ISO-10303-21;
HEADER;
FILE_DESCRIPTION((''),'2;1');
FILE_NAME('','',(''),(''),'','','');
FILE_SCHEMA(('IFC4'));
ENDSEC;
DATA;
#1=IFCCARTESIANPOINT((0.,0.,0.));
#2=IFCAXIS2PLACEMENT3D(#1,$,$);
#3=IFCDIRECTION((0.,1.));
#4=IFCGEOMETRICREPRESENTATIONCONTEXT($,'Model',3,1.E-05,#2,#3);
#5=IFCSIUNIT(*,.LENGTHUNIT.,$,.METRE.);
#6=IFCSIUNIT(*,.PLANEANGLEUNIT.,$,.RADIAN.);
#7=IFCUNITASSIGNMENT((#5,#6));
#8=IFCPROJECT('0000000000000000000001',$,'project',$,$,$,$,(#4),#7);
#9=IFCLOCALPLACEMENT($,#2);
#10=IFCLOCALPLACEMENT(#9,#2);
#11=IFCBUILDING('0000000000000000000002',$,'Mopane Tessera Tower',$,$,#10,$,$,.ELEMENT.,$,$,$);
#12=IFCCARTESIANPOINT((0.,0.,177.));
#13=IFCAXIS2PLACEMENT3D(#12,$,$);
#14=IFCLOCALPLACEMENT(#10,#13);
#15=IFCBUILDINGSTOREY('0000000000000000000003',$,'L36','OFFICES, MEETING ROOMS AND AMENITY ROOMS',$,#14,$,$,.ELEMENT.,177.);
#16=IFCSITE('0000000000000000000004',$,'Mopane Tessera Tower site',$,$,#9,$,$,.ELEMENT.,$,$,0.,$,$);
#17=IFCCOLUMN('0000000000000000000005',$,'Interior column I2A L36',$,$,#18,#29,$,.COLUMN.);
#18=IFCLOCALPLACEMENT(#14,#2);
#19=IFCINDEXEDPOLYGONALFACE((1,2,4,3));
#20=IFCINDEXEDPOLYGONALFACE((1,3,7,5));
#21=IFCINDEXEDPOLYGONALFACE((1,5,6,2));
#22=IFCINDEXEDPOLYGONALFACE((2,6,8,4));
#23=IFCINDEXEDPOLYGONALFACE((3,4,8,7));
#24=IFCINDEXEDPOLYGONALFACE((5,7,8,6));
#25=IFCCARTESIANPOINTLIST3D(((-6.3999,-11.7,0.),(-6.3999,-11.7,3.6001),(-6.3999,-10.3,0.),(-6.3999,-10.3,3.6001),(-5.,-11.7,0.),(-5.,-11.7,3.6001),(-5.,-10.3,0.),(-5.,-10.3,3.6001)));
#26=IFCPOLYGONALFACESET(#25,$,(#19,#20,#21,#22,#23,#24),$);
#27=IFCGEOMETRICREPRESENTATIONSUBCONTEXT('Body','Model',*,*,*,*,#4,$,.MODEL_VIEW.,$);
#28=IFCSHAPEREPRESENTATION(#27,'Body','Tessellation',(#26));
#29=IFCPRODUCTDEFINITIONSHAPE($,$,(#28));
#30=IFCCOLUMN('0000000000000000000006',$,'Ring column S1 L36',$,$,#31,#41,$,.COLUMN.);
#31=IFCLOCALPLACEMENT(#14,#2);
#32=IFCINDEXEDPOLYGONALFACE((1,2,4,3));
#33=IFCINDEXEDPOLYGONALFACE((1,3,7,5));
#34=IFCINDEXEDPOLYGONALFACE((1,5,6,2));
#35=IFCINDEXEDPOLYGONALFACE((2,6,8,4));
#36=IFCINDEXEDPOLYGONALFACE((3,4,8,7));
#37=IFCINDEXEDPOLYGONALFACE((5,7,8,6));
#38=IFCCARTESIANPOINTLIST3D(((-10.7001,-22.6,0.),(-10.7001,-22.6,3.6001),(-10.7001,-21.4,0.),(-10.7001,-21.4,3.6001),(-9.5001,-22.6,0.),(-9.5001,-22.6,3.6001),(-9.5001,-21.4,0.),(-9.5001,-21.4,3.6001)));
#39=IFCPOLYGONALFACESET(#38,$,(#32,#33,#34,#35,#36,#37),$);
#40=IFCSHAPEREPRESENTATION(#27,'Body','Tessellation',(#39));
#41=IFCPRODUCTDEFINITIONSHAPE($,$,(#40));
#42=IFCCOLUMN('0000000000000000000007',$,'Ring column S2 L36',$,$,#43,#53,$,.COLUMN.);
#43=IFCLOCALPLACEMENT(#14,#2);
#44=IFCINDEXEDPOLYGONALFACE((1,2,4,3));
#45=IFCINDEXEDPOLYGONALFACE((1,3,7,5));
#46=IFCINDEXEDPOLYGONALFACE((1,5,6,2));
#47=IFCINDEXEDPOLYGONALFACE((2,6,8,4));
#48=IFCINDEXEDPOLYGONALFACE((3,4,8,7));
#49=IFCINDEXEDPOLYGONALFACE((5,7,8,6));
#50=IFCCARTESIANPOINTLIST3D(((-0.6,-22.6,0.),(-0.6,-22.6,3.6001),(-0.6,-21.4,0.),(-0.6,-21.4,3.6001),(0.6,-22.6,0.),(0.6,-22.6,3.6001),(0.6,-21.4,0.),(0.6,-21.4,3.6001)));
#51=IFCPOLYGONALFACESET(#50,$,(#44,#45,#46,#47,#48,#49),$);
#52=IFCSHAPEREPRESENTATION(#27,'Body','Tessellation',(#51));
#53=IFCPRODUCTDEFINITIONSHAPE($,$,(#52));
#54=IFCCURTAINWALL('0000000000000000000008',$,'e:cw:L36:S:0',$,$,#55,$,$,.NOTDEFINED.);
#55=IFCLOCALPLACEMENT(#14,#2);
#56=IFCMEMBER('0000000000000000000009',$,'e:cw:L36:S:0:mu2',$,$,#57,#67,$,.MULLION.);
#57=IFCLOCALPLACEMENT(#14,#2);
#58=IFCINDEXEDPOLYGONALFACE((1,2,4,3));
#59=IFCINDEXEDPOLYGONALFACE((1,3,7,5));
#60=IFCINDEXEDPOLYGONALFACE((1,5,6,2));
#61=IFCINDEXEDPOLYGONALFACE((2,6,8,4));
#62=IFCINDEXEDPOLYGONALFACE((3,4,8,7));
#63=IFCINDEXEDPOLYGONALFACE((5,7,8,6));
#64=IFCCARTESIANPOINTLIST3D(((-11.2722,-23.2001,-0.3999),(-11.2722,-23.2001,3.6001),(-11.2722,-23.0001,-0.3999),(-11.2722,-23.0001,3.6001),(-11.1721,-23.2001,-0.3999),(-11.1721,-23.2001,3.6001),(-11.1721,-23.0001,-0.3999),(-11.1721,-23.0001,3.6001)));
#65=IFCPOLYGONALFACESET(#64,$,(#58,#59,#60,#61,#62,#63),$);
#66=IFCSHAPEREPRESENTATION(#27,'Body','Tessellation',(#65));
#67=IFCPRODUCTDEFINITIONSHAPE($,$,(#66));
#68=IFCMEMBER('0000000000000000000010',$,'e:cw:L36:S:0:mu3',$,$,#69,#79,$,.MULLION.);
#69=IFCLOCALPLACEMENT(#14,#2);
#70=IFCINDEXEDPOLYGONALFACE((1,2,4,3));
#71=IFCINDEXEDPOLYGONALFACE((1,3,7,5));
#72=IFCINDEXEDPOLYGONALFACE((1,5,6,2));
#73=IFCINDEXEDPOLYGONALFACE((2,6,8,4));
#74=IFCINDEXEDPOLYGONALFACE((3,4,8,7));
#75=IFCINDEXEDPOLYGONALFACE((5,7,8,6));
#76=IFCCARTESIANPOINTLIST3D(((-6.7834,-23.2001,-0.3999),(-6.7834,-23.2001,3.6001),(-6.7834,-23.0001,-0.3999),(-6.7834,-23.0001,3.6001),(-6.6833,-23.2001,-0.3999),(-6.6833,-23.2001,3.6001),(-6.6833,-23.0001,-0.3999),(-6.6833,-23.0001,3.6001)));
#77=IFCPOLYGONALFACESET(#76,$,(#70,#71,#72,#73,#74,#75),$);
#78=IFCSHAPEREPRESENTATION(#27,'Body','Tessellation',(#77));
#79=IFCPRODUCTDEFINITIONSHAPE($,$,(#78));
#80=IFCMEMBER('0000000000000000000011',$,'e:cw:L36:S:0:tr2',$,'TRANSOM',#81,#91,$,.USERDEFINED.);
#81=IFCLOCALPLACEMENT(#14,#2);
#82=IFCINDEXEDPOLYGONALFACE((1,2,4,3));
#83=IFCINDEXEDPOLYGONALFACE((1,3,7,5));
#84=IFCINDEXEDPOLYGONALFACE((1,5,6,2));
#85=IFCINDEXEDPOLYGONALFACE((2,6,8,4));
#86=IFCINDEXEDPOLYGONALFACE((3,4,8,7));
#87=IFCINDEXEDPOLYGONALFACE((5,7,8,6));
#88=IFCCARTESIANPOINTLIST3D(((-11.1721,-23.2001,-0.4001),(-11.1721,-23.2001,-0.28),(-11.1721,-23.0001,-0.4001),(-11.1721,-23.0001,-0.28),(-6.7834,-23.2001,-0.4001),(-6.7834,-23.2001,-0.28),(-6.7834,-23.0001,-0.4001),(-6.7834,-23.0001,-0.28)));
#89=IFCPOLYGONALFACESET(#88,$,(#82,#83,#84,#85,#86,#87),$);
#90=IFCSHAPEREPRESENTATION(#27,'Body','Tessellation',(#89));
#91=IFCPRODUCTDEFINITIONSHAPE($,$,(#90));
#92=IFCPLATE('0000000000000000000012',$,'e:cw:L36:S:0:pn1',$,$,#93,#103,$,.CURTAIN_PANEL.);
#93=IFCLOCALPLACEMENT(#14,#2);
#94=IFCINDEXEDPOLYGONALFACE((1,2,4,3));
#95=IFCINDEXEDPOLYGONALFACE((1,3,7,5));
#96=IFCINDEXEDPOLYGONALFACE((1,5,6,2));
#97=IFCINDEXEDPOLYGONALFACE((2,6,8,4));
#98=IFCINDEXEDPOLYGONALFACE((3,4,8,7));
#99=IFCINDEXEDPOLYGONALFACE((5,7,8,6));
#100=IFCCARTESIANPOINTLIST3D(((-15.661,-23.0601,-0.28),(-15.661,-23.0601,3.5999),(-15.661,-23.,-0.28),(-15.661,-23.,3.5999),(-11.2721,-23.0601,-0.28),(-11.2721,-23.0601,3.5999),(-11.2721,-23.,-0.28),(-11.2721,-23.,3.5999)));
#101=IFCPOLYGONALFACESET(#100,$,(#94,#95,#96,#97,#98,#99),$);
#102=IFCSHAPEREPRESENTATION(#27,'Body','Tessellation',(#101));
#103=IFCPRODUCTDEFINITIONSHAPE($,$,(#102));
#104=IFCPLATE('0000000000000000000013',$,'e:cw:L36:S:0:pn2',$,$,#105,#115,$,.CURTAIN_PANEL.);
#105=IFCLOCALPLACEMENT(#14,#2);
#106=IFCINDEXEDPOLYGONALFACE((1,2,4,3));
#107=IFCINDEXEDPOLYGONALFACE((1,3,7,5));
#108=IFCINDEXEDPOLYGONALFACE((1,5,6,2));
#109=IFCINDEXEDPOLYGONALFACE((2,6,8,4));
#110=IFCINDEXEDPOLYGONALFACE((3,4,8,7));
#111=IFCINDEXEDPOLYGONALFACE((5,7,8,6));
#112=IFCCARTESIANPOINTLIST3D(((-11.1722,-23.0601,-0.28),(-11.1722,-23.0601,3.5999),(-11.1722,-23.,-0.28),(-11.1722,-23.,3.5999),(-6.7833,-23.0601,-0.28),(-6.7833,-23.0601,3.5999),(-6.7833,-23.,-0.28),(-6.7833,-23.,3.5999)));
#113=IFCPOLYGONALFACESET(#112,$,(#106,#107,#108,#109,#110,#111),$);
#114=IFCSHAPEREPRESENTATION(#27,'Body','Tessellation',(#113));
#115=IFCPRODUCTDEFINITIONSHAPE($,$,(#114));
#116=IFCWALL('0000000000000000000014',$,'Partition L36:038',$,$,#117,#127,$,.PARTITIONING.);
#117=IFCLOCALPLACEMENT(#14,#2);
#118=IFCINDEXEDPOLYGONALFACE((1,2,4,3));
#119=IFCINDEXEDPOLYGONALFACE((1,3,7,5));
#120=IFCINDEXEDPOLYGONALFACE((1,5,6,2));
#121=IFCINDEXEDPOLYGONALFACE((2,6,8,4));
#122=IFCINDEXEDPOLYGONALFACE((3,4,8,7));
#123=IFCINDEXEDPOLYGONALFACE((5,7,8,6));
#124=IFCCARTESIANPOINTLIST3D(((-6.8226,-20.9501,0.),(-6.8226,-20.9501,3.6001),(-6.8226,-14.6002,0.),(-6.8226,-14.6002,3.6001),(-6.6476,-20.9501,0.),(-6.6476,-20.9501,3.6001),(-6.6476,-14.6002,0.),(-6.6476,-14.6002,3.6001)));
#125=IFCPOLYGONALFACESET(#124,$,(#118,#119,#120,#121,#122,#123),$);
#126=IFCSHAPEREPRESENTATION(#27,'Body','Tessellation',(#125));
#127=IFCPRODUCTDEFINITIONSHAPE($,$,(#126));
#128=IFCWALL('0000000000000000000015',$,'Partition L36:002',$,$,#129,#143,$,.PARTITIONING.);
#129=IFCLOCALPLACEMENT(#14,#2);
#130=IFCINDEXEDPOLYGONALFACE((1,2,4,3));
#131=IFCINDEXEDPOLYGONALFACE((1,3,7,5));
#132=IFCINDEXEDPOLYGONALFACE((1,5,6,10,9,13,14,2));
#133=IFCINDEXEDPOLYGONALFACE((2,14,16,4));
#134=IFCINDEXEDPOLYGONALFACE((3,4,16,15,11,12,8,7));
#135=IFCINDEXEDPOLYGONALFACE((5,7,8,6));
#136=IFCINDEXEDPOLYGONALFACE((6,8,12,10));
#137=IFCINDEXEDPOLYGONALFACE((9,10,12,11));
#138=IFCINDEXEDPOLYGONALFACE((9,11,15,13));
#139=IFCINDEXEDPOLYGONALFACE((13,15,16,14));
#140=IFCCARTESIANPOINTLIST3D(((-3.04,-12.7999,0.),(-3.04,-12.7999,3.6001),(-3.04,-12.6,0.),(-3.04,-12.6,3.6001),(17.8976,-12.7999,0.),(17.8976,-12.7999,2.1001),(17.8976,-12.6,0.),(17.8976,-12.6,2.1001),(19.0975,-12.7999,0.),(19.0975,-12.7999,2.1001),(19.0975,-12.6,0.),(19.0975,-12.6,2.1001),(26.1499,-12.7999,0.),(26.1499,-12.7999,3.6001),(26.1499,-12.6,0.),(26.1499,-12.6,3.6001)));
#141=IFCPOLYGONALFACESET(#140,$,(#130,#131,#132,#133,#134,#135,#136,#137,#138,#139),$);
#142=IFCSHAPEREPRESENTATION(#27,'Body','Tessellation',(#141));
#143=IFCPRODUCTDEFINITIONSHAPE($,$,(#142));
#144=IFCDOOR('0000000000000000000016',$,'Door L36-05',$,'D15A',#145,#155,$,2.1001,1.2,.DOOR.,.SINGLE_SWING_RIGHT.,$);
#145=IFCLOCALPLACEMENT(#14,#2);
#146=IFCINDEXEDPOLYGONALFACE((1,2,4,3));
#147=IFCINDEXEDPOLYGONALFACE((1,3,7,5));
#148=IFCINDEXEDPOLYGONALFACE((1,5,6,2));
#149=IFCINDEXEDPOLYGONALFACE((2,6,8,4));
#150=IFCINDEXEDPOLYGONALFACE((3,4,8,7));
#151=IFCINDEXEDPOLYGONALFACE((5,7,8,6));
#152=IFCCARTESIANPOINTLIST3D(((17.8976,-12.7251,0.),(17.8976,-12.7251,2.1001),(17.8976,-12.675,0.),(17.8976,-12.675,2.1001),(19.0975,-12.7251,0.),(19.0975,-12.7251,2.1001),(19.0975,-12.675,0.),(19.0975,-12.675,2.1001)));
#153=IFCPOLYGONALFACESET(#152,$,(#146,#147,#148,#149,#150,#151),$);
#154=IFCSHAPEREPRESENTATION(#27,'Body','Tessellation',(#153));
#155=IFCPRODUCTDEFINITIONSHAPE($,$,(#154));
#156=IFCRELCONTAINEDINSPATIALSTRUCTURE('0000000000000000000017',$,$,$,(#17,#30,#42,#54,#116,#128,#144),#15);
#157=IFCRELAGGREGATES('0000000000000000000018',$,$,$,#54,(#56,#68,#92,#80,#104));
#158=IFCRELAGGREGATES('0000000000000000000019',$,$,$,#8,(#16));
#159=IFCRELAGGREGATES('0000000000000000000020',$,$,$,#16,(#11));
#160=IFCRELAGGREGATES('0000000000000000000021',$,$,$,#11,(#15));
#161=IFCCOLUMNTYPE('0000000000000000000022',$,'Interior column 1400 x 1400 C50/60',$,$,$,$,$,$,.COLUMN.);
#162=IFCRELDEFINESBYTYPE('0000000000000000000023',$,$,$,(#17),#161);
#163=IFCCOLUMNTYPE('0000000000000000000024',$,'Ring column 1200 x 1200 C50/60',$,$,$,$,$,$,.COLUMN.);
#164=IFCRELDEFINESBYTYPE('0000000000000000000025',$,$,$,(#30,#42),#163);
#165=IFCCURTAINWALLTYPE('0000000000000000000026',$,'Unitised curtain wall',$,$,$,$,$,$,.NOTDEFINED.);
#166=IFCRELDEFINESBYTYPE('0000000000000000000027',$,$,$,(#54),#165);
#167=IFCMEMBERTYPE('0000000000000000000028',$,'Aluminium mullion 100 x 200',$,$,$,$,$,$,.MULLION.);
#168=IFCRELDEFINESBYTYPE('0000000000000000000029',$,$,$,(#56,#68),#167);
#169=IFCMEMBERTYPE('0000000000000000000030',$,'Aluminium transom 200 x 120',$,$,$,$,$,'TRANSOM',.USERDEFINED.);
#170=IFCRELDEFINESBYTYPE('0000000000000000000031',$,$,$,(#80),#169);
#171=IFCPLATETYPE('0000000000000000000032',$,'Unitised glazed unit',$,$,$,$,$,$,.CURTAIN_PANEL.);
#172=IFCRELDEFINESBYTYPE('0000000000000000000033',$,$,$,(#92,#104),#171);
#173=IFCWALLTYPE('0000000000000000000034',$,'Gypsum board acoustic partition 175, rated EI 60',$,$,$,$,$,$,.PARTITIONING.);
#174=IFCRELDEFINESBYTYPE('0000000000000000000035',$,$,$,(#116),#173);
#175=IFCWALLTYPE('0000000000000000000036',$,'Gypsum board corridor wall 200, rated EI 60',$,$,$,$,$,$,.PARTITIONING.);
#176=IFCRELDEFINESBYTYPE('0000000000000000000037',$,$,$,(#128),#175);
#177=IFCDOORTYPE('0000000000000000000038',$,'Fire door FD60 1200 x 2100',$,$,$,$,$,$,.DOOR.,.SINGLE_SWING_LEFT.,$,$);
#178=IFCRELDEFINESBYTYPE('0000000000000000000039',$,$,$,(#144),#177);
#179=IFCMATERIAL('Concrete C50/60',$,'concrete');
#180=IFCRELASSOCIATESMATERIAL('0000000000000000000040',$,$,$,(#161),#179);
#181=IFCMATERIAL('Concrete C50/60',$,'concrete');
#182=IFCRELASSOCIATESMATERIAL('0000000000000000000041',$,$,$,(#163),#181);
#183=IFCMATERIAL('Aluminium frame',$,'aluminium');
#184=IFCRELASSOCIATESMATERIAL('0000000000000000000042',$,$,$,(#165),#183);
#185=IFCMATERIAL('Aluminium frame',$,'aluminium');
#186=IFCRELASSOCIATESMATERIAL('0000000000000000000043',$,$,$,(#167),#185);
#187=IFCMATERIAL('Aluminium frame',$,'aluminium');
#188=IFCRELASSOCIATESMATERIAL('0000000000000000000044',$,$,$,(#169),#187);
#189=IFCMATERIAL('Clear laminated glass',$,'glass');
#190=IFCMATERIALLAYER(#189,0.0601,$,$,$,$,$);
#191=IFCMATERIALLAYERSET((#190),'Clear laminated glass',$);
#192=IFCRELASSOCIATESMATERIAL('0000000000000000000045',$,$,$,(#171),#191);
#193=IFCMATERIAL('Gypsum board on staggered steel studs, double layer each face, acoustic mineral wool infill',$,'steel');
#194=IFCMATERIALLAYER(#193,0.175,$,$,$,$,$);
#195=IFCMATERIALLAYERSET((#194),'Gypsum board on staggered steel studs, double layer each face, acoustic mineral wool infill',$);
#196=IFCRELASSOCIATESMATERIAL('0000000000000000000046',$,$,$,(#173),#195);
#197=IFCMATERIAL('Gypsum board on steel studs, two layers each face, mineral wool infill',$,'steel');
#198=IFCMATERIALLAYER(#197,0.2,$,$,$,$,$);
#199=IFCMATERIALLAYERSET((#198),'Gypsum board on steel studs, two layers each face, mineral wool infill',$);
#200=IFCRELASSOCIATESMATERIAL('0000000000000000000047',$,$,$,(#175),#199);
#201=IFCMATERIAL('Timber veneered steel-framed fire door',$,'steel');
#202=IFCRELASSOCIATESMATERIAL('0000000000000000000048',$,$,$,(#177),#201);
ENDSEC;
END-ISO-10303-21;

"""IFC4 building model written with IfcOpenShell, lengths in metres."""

from ifc_helpers import new_model, si_unit, direction, frame, frame_2d, origin, origin_2d, place, context, subcontext, project, spatial, rectangle, extrude, material, layer, layer_set, material_profile, profile_set, type_object, element, fill, aggregate, save


model = new_model("IFC4")

# Units and contexts
model_context = context("Model", 3, precision=1e-05, world=origin(), true_north=direction((0.0, 1.0)))
body_context = subcontext(model_context, "Body", "Model", "MODEL_VIEW")
ifc_project = project(units=[si_unit("LENGTHUNIT", "METRE"), si_unit("PLANEANGLEUNIT", "RADIAN")], contexts=[model_context])

# Site, building, storey
site_placement = place(None, origin())
site = spatial("IfcSite", under=ifc_project, at=site_placement, Name="Mopane Tessera Tower site", CompositionType="ELEMENT", RefElevation=0.0)
building_placement = place(site_placement, origin())
building = spatial("IfcBuilding", under=site, at=building_placement, Name="Mopane Tessera Tower", CompositionType="ELEMENT")
storey_placement = place(building_placement, frame((0.0, 0.0, 177.0)))
storey = spatial("IfcBuildingStorey", under=building, at=storey_placement, Name="L36", Description="OFFICES, MEETING ROOMS AND AMENITY ROOMS", CompositionType="ELEMENT", Elevation=177.0)

# Columns
ifc_material_1 = material(Name="Concrete C50/60", Category="concrete")
ifc_material_profile_1 = material_profile(ifc_material_1, rectangle(XDim=1.3999, YDim=1.3999, at=origin_2d()))
ifc_profile_set_1 = profile_set([ifc_material_profile_1], Name="Concrete C50/60")
column_type_1 = type_object("IfcColumnType", Name="Interior column 1400 x 1400 C50/60", PredefinedType="COLUMN", material=ifc_profile_set_1)
column_placement = place(storey_placement, frame((-5.7, -11.0, 0.0), z_axis=(0.0, 0.0, 1.0), x_axis=(1.0, 0.0, 0.0)))
element("IfcColumn", 1, at=column_placement, inside=storey, type_object=column_type_1, Name="Interior column I2A L36", PredefinedType="COLUMN", context=body_context, shape_type="SweptSolid", body=[
    extrude(rectangle(XDim=1.3999, YDim=1.3999, at=origin_2d()), origin(), (0.0, 0.0, 1.0), 3.6001),
])
ifc_material_2 = material(Name="Concrete C50/60", Category="concrete")
ifc_material_profile_2 = material_profile(ifc_material_2, rectangle(XDim=1.2, YDim=1.2, at=origin_2d()))
ifc_profile_set_2 = profile_set([ifc_material_profile_2], Name="Concrete C50/60")
column_type_2 = type_object("IfcColumnType", Name="Ring column 1200 x 1200 C50/60", PredefinedType="COLUMN", material=ifc_profile_set_2)
for number, where, z_axis, x_axis, name in (
    (2, (-10.1001, -22.0, 0.0), (0.0, 0.0, 1.0), (1.0, 0.0, 0.0), "Ring column S1 L36"),
    (3, (0.0, -22.0, 0.0), (0.0, 0.0, 1.0), (1.0, 0.0, 0.0), "Ring column S2 L36"),
):
    element("IfcColumn", number, at=place(storey_placement, frame(where, z_axis=z_axis, x_axis=x_axis)), inside=storey, type_object=column_type_2, Name=name, PredefinedType="COLUMN", context=body_context, shape_type="SweptSolid", body=[
        extrude(rectangle(XDim=1.2, YDim=1.2, at=origin_2d()), origin(), (0.0, 0.0, 1.0), 3.6001),
    ])

# Curtain wall, members, plates
ifc_material_3 = material(Name="Aluminium frame", Category="aluminium")
curtain_wall_type = type_object("IfcCurtainWallType", Name="Unitised curtain wall", PredefinedType="NOTDEFINED", material=ifc_material_3)
curtain_wall_placement = place(storey_placement, origin())
curtain_wall = element("IfcCurtainWall", 4, at=curtain_wall_placement, inside=storey, type_object=curtain_wall_type, Name="e:cw:L36:S:0", PredefinedType="NOTDEFINED")
ifc_material_4 = material(Name="Aluminium frame", Category="aluminium")
ifc_material_profile_3 = material_profile(ifc_material_4, rectangle(XDim=0.1001, YDim=0.2, at=origin_2d()))
ifc_profile_set_3 = profile_set([ifc_material_profile_3], Name="Aluminium frame")
member_type_1 = type_object("IfcMemberType", Name="Aluminium mullion 100 x 200", PredefinedType="MULLION", material=ifc_profile_set_3)
member_1_placement = place(storey_placement, frame((-11.2222, -23.1001, -0.3999), z_axis=(0.0, 0.0, 1.0), x_axis=(1.0, 0.0, 0.0)))
member_1 = element("IfcMember", 5, at=member_1_placement, type_object=member_type_1, Name="e:cw:L36:S:0:mu2", PredefinedType="MULLION", context=body_context, shape_type="SweptSolid", body=[
    extrude(rectangle(XDim=0.1001, YDim=0.2, at=origin_2d()), origin(), (0.0, 0.0, 1.0), 4.0),
])
member_2_placement = place(storey_placement, frame((-6.7334, -23.1001, -0.3999), z_axis=(0.0, 0.0, 1.0), x_axis=(1.0, 0.0, 0.0)))
member_2 = element("IfcMember", 6, at=member_2_placement, type_object=member_type_1, Name="e:cw:L36:S:0:mu3", PredefinedType="MULLION", context=body_context, shape_type="SweptSolid", body=[
    extrude(rectangle(XDim=0.1001, YDim=0.2, at=origin_2d()), origin(), (0.0, 0.0, 1.0), 4.0),
])
ifc_material_5 = material(Name="Aluminium frame", Category="aluminium")
ifc_material_profile_4 = material_profile(ifc_material_5, rectangle(XDim=0.2, YDim=0.1201, at=origin_2d()))
ifc_profile_set_4 = profile_set([ifc_material_profile_4], Name="Aluminium frame")
member_type_2 = type_object("IfcMemberType", Name="Aluminium transom 200 x 120", ElementType="TRANSOM", PredefinedType="USERDEFINED", material=ifc_profile_set_4)
member_3_placement = place(storey_placement, frame((-11.1721, -23.1001, -0.3401), z_axis=(1.0, 0.0, 0.0), x_axis=(0.0, 1.0, 0.0)))
member_3 = element("IfcMember", 7, at=member_3_placement, type_object=member_type_2, Name="e:cw:L36:S:0:tr2", ObjectType="TRANSOM", PredefinedType="USERDEFINED", context=body_context, shape_type="SweptSolid", body=[
    extrude(rectangle(XDim=0.2, YDim=0.1201, at=origin_2d()), origin(), (0.0, 0.0, 1.0), 4.3887),
])
ifc_material_6 = material(Name="Clear laminated glass", Category="glass")
ifc_layer_1 = layer(ifc_material_6, 0.0601)
ifc_layer_set_1 = layer_set([ifc_layer_1], Name="Clear laminated glass")
plate_type = type_object("IfcPlateType", Name="Unitised glazed unit", PredefinedType="CURTAIN_PANEL", material=ifc_layer_set_1)
plate_1_placement = place(storey_placement, frame((-13.4666, -23.03, -0.28), z_axis=(0.0, 0.0, 1.0), x_axis=(1.0, 0.0, 0.0)))
plate_1 = element("IfcPlate", 8, at=plate_1_placement, type_object=plate_type, Name="e:cw:L36:S:0:pn1", PredefinedType="CURTAIN_PANEL", context=body_context, shape_type="SweptSolid", body=[
    extrude(rectangle(XDim=4.3889, YDim=0.0601, at=origin_2d()), origin(), (0.0, 0.0, 1.0), 3.8799),
])
plate_2_placement = place(storey_placement, frame((-8.9778, -23.03, -0.28), z_axis=(0.0, 0.0, 1.0), x_axis=(1.0, 0.0, 0.0)))
plate_2 = element("IfcPlate", 9, at=plate_2_placement, type_object=plate_type, Name="e:cw:L36:S:0:pn2", PredefinedType="CURTAIN_PANEL", context=body_context, shape_type="SweptSolid", body=[
    extrude(rectangle(XDim=4.3889, YDim=0.0601, at=origin_2d()), origin(), (0.0, 0.0, 1.0), 3.8799),
])
aggregate(curtain_wall, [member_1, member_2, plate_1, member_3, plate_2])

# Wall
ifc_material_7 = material(Name="Gypsum board on staggered steel studs, double layer each face, acoustic mineral wool infill", Category="steel")
ifc_layer_2 = layer(ifc_material_7, 0.175)
ifc_layer_set_2 = layer_set([ifc_layer_2], Name="Gypsum board on staggered steel studs, double layer each face, acoustic mineral wool infill")
wall_type_1 = type_object("IfcWallType", Name="Gypsum board acoustic partition 175, rated EI 60", PredefinedType="PARTITIONING", material=ifc_layer_set_2)
wall_1_placement = place(storey_placement, frame((-6.7351, -20.95, 0.0), z_axis=(0.0, 0.0, 1.0), x_axis=(0.0, 1.0, 0.0)))
element("IfcWall", 10, at=wall_1_placement, inside=storey, type_object=wall_type_1, Name="Partition L36:038", PredefinedType="PARTITIONING", context=body_context, shape_type="SweptSolid", body=[
    extrude(rectangle(XDim=6.3499, YDim=0.175, at=frame_2d((3.1748, 0.0))), origin(), (0.0, 0.0, 1.0), 3.6001),
])

# Wall, opening, door
ifc_material_8 = material(Name="Gypsum board on steel studs, two layers each face, mineral wool infill", Category="steel")
ifc_layer_3 = layer(ifc_material_8, 0.2)
ifc_layer_set_3 = layer_set([ifc_layer_3], Name="Gypsum board on steel studs, two layers each face, mineral wool infill")
wall_type_2 = type_object("IfcWallType", Name="Gypsum board corridor wall 200, rated EI 60", PredefinedType="PARTITIONING", material=ifc_layer_set_3)
wall_2_placement = place(storey_placement, frame((-3.04, -12.7, 0.0), z_axis=(0.0, 0.0, 1.0), x_axis=(1.0, 0.0, 0.0)))
wall_2 = element("IfcWall", 11, at=wall_2_placement, inside=storey, type_object=wall_type_2, Name="Partition L36:002", PredefinedType="PARTITIONING", context=body_context, shape_type="SweptSolid", body=[
    extrude(rectangle(XDim=29.1899, YDim=0.2, at=frame_2d((14.595, 0.0))), origin(), (0.0, 0.0, 1.0), 3.6001),
])
opening_1_placement = place(wall_2_placement, frame((20.9375, 0.0, 0.0)))
opening_1 = element("IfcOpeningElement", 12, at=opening_1_placement, cuts=wall_2, PredefinedType="OPENING", context=body_context, shape_type="SweptSolid", body=[
    extrude(rectangle(XDim=1.2, YDim=2.1001, at=frame_2d((0.6001, 1.05))), frame((0.0, 0.1121, 0.0), z_axis=(0.0, -1.0, 0.0), x_axis=(1.0, 0.0, 0.0)), (0.0, 0.0, 1.0), 0.2239),
])
ifc_material_9 = material(Name="Timber veneered steel-framed fire door", Category="steel")
door_type_1 = type_object("IfcDoorType", Name="Fire door FD60 1200 x 2100", OperationType="SINGLE_SWING_LEFT", PredefinedType="DOOR", material=ifc_material_9)
door_1_placement = place(opening_1_placement, origin())
door_1 = element("IfcDoor", 13, at=door_1_placement, inside=storey, type_object=door_type_1, Name="Door L36-05", ObjectType="D15A", OperationType="SINGLE_SWING_RIGHT", OverallHeight=2.1001, OverallWidth=1.2, PredefinedType="DOOR", context=body_context, shape_type="SweptSolid", body=[
    extrude(rectangle(XDim=1.2, YDim=2.1001, at=frame_2d((0.6001, 1.05))), frame((0.0, 0.0249, 0.0), z_axis=(0.0, -1.0, 0.0), x_axis=(1.0, 0.0, 0.0)), (0.0, 0.0, 1.0), 0.05),
])
fill(opening_1, door_1)

save(model, "model.ifc")
